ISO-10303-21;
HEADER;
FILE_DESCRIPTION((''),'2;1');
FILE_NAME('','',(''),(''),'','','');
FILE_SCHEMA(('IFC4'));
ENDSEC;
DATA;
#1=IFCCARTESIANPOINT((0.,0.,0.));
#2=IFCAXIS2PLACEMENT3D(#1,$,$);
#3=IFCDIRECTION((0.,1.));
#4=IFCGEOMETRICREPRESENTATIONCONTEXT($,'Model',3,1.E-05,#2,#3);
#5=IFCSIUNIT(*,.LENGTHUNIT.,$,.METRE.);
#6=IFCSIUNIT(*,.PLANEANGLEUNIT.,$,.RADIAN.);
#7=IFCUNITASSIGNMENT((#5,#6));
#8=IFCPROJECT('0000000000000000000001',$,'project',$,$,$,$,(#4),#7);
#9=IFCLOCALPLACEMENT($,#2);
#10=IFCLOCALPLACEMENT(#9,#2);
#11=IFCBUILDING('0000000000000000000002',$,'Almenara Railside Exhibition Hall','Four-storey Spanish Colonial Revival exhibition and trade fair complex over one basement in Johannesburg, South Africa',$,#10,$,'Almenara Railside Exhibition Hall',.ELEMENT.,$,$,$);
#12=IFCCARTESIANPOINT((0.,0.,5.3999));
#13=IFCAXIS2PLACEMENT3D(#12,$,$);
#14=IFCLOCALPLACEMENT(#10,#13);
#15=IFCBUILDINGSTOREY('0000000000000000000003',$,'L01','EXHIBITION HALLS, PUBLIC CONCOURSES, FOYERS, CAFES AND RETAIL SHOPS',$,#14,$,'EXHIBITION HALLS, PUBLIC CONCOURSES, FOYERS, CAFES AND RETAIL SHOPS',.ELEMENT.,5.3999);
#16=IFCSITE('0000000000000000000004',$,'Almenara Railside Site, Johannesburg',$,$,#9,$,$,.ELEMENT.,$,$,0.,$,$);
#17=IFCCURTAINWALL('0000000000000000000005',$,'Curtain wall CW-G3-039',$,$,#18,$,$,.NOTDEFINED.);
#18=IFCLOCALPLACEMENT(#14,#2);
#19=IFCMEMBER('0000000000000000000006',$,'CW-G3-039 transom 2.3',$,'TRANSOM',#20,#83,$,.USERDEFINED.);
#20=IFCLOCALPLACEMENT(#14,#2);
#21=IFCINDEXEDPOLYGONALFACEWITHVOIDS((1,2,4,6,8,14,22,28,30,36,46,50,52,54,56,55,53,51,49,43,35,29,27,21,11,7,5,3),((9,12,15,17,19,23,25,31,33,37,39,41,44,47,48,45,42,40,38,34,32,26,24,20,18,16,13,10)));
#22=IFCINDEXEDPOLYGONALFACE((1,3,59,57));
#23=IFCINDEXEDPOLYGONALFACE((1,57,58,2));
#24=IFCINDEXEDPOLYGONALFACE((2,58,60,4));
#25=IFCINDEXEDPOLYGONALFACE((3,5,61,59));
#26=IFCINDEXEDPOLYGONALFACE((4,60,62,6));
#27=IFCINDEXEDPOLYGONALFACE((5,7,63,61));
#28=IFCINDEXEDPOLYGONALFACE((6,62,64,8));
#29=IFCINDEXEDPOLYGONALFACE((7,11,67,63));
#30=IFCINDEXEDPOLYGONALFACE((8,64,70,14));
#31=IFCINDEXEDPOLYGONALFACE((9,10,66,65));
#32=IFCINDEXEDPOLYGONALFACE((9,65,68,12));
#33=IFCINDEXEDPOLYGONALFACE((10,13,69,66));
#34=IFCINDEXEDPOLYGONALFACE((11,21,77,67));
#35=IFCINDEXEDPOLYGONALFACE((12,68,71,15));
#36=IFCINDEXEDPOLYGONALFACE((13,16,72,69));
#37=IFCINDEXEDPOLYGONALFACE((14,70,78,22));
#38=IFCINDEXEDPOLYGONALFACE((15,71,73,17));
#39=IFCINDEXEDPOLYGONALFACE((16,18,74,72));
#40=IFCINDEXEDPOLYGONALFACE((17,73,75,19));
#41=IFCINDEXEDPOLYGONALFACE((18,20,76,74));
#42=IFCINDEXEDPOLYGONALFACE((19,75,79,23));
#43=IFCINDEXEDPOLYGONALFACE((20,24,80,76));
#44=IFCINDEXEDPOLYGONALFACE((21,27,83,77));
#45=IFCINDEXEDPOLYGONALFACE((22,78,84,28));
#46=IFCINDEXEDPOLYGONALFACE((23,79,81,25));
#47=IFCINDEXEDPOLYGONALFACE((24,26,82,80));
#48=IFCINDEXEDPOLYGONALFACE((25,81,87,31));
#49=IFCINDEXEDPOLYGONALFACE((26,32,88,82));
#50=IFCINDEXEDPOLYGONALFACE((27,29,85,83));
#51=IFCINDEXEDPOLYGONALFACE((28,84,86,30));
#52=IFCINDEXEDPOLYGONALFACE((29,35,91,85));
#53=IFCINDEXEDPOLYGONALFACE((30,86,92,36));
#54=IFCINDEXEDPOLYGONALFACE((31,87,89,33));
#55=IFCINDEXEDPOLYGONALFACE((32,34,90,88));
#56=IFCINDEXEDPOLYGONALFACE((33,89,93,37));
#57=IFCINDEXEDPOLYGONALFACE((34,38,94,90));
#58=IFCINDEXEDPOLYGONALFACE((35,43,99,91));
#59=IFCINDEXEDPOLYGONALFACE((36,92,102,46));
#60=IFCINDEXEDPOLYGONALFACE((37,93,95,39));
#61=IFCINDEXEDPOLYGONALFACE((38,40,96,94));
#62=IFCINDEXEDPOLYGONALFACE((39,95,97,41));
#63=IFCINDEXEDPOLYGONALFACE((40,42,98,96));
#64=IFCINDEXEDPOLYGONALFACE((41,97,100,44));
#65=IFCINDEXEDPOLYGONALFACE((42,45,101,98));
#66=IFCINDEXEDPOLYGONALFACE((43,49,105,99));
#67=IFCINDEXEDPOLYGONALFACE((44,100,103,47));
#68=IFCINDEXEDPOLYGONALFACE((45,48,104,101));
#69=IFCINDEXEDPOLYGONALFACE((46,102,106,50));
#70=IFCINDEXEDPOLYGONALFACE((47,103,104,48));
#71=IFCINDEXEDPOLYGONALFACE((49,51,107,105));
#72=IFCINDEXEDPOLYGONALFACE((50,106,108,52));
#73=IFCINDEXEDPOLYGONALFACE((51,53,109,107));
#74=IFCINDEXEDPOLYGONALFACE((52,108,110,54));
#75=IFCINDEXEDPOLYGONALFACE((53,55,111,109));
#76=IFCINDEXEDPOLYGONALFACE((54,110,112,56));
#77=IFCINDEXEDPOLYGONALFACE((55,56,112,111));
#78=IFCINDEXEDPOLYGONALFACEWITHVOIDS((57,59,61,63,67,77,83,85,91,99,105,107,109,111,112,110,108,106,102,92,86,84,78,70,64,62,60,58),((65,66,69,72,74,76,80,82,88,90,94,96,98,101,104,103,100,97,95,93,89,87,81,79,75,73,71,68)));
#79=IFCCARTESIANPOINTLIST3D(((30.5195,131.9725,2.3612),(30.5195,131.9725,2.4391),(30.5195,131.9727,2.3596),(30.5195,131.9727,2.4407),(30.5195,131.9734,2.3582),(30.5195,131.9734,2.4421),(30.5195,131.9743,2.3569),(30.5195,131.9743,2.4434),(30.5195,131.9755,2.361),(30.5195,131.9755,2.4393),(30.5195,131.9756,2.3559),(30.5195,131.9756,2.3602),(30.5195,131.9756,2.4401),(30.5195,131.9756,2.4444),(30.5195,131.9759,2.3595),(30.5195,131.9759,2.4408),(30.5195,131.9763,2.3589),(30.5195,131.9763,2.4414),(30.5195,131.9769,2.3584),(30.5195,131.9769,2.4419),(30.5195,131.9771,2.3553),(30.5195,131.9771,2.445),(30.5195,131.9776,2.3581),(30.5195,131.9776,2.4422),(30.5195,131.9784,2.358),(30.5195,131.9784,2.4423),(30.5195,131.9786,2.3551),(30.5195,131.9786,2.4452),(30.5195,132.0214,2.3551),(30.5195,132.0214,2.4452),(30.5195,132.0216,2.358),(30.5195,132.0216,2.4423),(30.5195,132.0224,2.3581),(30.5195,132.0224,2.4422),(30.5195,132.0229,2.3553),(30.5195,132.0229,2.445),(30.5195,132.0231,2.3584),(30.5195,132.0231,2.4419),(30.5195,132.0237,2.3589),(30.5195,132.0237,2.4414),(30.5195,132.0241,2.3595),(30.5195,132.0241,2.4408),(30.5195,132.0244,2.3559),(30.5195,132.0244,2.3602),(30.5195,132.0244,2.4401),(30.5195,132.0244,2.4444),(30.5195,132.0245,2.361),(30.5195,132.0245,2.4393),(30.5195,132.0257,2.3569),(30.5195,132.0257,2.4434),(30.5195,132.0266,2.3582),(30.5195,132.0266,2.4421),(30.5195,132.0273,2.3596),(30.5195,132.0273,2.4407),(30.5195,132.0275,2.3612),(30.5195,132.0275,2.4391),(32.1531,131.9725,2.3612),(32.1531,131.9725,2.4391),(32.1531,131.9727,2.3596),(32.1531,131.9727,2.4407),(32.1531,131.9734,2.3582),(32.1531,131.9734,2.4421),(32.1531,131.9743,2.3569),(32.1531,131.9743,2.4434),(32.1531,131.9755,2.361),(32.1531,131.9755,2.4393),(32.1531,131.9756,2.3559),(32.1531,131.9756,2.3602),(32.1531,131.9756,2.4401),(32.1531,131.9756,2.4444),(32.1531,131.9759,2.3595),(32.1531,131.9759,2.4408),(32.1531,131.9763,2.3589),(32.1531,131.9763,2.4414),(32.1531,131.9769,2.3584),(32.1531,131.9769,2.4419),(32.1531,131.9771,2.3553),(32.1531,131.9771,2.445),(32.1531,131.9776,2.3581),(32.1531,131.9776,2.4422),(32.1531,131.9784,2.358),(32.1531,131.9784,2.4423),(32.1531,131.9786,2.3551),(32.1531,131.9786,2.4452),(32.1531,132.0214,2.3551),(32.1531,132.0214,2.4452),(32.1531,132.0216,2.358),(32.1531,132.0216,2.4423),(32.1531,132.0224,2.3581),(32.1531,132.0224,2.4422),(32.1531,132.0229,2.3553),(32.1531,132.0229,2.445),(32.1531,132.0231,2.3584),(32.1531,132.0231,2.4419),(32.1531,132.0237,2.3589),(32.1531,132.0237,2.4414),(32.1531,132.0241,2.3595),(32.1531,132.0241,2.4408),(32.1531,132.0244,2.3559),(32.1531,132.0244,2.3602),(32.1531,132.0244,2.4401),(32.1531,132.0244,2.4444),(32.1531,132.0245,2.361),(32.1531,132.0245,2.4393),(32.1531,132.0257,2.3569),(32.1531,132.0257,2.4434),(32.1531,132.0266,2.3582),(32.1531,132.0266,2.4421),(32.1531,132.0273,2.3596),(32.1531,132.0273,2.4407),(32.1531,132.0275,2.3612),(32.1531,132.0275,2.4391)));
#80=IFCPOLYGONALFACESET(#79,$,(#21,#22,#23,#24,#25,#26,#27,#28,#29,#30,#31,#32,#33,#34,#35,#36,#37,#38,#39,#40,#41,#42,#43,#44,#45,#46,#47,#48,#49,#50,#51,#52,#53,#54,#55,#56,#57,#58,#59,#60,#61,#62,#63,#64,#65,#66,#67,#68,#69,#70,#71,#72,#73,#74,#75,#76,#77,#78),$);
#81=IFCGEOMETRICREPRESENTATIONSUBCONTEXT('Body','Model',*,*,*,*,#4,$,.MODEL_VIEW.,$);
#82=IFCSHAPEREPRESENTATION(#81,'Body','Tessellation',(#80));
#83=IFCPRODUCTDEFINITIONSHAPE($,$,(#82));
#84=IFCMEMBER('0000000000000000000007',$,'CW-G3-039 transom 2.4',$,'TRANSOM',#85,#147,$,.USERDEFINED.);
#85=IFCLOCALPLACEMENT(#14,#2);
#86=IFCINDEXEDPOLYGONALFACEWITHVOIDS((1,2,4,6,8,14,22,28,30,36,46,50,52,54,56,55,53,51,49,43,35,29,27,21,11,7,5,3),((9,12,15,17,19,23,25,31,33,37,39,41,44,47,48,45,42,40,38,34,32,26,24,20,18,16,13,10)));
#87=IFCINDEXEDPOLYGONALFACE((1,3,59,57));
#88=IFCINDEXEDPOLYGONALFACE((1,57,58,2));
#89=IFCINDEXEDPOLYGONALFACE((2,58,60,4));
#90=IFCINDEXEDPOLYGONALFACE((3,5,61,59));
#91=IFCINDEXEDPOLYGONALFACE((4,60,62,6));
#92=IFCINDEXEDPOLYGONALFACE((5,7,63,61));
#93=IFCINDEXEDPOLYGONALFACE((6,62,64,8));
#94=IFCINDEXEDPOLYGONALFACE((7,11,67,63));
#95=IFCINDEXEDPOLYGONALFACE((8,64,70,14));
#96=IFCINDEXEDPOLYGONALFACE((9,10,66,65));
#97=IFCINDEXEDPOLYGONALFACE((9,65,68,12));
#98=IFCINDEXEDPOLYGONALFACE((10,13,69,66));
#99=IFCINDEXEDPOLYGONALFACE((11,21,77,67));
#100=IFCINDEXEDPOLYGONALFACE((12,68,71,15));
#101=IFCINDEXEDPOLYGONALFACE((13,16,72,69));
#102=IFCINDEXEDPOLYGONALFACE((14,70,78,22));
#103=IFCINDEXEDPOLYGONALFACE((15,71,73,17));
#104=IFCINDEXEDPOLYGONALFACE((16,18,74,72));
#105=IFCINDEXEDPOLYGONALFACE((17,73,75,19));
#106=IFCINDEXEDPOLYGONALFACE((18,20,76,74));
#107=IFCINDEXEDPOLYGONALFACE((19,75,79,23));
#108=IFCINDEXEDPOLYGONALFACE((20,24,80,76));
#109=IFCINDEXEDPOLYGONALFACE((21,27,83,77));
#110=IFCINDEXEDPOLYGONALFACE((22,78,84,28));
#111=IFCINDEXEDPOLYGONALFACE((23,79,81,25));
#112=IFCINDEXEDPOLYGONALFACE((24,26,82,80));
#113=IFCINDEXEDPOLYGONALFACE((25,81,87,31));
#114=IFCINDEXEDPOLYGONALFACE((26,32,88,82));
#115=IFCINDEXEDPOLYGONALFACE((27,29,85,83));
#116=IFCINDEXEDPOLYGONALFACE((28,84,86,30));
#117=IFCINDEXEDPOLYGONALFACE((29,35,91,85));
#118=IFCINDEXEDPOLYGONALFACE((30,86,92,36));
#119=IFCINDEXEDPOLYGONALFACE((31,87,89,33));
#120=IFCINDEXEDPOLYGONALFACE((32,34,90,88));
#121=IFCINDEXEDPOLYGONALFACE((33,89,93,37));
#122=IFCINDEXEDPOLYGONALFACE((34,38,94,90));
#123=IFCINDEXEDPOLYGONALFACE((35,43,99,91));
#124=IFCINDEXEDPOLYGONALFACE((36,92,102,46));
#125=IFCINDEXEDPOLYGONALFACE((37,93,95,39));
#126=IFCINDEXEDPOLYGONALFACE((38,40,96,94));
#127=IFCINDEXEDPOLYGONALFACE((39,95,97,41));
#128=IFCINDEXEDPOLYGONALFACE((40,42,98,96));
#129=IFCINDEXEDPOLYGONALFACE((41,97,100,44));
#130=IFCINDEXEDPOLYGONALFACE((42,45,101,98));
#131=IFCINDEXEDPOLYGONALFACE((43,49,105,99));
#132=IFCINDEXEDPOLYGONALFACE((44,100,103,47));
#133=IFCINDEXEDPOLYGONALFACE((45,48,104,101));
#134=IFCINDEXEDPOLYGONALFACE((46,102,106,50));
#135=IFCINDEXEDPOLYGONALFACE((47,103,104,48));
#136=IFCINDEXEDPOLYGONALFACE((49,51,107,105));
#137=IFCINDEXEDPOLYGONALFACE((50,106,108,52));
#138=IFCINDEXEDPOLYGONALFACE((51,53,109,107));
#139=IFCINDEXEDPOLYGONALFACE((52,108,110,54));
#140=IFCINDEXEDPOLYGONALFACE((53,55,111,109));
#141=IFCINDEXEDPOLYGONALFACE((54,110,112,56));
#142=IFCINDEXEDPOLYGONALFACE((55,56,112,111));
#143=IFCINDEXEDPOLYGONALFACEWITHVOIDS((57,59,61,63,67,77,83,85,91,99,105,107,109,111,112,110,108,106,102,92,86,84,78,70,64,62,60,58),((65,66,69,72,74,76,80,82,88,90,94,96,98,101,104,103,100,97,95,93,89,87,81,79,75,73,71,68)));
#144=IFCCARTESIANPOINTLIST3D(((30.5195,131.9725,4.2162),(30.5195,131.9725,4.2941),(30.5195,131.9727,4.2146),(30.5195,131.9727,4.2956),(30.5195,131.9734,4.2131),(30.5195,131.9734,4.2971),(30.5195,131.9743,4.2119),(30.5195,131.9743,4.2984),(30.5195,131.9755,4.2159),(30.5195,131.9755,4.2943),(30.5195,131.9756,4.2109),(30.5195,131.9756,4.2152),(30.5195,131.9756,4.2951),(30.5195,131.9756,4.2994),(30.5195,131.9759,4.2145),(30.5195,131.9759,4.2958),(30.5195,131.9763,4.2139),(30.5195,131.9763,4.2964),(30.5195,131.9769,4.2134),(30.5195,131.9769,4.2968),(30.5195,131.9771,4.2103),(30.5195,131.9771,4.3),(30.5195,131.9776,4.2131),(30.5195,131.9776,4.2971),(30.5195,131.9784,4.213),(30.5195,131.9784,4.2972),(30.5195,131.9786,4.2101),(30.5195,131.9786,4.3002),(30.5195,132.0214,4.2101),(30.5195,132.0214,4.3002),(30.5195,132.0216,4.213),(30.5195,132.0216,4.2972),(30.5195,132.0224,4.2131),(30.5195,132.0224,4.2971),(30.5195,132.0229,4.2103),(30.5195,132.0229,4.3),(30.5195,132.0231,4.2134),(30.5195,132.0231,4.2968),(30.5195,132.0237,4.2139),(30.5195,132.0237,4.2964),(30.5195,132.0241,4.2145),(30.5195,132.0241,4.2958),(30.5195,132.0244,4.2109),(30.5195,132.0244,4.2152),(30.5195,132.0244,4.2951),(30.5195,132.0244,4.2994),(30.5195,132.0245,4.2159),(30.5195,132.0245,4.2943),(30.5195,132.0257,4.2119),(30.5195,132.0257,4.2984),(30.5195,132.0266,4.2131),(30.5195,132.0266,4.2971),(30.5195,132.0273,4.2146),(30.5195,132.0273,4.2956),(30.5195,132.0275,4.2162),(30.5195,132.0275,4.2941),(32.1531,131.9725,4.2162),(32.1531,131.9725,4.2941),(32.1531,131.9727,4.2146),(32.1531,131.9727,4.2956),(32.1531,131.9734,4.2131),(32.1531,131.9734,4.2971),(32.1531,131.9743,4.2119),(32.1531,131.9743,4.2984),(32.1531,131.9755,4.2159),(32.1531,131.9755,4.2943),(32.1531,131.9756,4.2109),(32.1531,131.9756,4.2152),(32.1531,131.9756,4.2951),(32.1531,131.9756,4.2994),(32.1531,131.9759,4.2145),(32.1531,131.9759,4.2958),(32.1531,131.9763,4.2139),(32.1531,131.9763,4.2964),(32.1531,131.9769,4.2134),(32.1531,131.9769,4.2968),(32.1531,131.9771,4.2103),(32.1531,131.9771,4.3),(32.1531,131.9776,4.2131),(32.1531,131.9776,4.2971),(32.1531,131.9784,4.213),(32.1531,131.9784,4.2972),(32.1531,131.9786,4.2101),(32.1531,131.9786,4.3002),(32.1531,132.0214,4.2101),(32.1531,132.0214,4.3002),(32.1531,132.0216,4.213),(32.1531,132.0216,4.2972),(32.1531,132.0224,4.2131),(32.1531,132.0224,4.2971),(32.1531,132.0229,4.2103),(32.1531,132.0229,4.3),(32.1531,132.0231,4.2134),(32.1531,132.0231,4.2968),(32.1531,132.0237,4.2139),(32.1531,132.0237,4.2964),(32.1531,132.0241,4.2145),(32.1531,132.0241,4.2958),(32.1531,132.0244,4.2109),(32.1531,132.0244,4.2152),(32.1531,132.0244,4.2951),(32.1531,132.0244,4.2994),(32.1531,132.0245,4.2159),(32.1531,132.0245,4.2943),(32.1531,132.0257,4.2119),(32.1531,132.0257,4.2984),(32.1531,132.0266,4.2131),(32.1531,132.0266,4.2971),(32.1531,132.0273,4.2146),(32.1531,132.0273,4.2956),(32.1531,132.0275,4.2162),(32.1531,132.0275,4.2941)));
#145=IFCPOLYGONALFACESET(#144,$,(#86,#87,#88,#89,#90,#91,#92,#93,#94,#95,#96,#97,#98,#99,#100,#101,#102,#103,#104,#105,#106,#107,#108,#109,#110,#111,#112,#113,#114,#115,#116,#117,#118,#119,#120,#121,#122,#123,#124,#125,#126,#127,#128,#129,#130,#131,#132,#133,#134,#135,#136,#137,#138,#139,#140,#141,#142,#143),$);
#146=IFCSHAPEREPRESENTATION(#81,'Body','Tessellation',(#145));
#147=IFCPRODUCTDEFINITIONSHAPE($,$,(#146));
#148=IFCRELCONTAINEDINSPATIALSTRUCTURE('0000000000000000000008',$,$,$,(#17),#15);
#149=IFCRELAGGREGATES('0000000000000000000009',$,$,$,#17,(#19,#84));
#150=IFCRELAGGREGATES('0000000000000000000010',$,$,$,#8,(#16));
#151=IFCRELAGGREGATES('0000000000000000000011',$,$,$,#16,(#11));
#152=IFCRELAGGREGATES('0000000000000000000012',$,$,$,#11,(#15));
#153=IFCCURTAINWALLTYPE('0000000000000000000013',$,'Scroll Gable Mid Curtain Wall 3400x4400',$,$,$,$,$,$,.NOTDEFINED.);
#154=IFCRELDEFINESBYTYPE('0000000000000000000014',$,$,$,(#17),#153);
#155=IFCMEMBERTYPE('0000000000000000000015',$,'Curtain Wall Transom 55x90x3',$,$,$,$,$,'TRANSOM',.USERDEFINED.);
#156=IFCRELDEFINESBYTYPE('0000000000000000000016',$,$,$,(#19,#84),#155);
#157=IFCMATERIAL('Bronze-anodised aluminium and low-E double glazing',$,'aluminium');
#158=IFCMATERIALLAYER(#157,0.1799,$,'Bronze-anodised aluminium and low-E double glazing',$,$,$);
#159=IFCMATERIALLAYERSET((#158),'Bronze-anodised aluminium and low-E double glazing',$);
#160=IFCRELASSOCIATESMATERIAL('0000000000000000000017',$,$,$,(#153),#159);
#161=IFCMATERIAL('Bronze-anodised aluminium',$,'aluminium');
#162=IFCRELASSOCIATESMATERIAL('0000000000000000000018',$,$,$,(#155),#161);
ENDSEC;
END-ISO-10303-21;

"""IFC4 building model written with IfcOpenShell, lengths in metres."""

from ifc_helpers import new_model, si_unit, direction, frame, origin, origin_2d, place, context, subcontext, project, spatial, hollow_rectangle, extrude, material, layer, layer_set, material_profile, profile_set, type_object, element, aggregate, save


model = new_model("IFC4")

# Units and contexts
model_context = context("Model", 3, precision=1e-05, world=origin(), true_north=direction((0.0, 1.0)))
body_context = subcontext(model_context, "Body", "Model", "MODEL_VIEW")
ifc_project = project(units=[si_unit("LENGTHUNIT", "METRE"), si_unit("PLANEANGLEUNIT", "RADIAN")], contexts=[model_context])

# Site, building, storey
site_placement = place(None, origin())
site = spatial("IfcSite", under=ifc_project, at=site_placement, Name="Almenara Railside Site, Johannesburg", CompositionType="ELEMENT", RefElevation=0.0)
building_placement = place(site_placement, origin())
building = spatial("IfcBuilding", under=site, at=building_placement, Name="Almenara Railside Exhibition Hall", Description="Four-storey Spanish Colonial Revival exhibition and trade fair complex over one basement in Johannesburg, South Africa", LongName="Almenara Railside Exhibition Hall", CompositionType="ELEMENT")
storey_placement = place(building_placement, frame((0.0, 0.0, 5.3999)))
storey = spatial("IfcBuildingStorey", under=building, at=storey_placement, Name="L01", Description="EXHIBITION HALLS, PUBLIC CONCOURSES, FOYERS, CAFES AND RETAIL SHOPS", LongName="EXHIBITION HALLS, PUBLIC CONCOURSES, FOYERS, CAFES AND RETAIL SHOPS", CompositionType="ELEMENT", Elevation=5.3999)

# Curtain wall
ifc_material_1 = material(Name="Bronze-anodised aluminium and low-E double glazing", Category="aluminium")
ifc_layer_1 = layer(ifc_material_1, 0.1799, Name="Bronze-anodised aluminium and low-E double glazing")
ifc_layer_set_1 = layer_set([ifc_layer_1], Name="Bronze-anodised aluminium and low-E double glazing")
curtain_wall_type = type_object("IfcCurtainWallType", Name="Scroll Gable Mid Curtain Wall 3400x4400", PredefinedType="NOTDEFINED", material=ifc_layer_set_1)
curtain_wall_1_placement = place(storey_placement, origin())
curtain_wall_1 = element("IfcCurtainWall", 1, at=curtain_wall_1_placement, inside=storey, type_object=curtain_wall_type, Name="Curtain wall CW-G3-039", PredefinedType="NOTDEFINED")
ifc_material_2 = material(Name="Bronze-anodised aluminium", Category="aluminium")

# Members
ifc_material_profile_1 = material_profile(ifc_material_2, hollow_rectangle(XDim=0.0549, YDim=0.0901, WallThickness=0.0029, InnerFilletRadius=0.0029, OuterFilletRadius=0.0061, at=origin_2d()), Name="ALU-TRN 55x90x3")
ifc_profile_set_1 = profile_set([ifc_material_profile_1], Name="Bronze-anodised aluminium")
member_type_1 = type_object("IfcMemberType", Name="Curtain Wall Transom 55x90x3", ElementType="TRANSOM", PredefinedType="USERDEFINED", material=ifc_profile_set_1)
member_1_placement = place(storey_placement, frame((30.5195, 132.0, 2.4001), z_axis=(1.0, 0.0, 0.0), x_axis=(0.0, 1.0, 0.0)))
member_1 = element("IfcMember", 2, at=member_1_placement, type_object=member_type_1, Name="CW-G3-039 transom 2.3", ObjectType="TRANSOM", PredefinedType="USERDEFINED", context=body_context, shape_type="SweptSolid", body=[
    extrude(hollow_rectangle(XDim=0.0549, YDim=0.0901, WallThickness=0.0029, InnerFilletRadius=0.0029, OuterFilletRadius=0.0061, at=origin_2d()), origin(), (0.0, 0.0, 1.0), 1.6335),
])
member_2_placement = place(storey_placement, frame((30.5195, 132.0, 4.2551), z_axis=(1.0, 0.0, 0.0), x_axis=(0.0, 1.0, 0.0)))
member_2 = element("IfcMember", 3, at=member_2_placement, type_object=member_type_1, Name="CW-G3-039 transom 2.4", ObjectType="TRANSOM", PredefinedType="USERDEFINED", context=body_context, shape_type="SweptSolid", body=[
    extrude(hollow_rectangle(XDim=0.0549, YDim=0.0901, WallThickness=0.0029, InnerFilletRadius=0.0029, OuterFilletRadius=0.0061, at=origin_2d()), origin(), (0.0, 0.0, 1.0), 1.6335),
])

aggregate(curtain_wall_1, [member_1, member_2])

save(model, "model.ifc")
